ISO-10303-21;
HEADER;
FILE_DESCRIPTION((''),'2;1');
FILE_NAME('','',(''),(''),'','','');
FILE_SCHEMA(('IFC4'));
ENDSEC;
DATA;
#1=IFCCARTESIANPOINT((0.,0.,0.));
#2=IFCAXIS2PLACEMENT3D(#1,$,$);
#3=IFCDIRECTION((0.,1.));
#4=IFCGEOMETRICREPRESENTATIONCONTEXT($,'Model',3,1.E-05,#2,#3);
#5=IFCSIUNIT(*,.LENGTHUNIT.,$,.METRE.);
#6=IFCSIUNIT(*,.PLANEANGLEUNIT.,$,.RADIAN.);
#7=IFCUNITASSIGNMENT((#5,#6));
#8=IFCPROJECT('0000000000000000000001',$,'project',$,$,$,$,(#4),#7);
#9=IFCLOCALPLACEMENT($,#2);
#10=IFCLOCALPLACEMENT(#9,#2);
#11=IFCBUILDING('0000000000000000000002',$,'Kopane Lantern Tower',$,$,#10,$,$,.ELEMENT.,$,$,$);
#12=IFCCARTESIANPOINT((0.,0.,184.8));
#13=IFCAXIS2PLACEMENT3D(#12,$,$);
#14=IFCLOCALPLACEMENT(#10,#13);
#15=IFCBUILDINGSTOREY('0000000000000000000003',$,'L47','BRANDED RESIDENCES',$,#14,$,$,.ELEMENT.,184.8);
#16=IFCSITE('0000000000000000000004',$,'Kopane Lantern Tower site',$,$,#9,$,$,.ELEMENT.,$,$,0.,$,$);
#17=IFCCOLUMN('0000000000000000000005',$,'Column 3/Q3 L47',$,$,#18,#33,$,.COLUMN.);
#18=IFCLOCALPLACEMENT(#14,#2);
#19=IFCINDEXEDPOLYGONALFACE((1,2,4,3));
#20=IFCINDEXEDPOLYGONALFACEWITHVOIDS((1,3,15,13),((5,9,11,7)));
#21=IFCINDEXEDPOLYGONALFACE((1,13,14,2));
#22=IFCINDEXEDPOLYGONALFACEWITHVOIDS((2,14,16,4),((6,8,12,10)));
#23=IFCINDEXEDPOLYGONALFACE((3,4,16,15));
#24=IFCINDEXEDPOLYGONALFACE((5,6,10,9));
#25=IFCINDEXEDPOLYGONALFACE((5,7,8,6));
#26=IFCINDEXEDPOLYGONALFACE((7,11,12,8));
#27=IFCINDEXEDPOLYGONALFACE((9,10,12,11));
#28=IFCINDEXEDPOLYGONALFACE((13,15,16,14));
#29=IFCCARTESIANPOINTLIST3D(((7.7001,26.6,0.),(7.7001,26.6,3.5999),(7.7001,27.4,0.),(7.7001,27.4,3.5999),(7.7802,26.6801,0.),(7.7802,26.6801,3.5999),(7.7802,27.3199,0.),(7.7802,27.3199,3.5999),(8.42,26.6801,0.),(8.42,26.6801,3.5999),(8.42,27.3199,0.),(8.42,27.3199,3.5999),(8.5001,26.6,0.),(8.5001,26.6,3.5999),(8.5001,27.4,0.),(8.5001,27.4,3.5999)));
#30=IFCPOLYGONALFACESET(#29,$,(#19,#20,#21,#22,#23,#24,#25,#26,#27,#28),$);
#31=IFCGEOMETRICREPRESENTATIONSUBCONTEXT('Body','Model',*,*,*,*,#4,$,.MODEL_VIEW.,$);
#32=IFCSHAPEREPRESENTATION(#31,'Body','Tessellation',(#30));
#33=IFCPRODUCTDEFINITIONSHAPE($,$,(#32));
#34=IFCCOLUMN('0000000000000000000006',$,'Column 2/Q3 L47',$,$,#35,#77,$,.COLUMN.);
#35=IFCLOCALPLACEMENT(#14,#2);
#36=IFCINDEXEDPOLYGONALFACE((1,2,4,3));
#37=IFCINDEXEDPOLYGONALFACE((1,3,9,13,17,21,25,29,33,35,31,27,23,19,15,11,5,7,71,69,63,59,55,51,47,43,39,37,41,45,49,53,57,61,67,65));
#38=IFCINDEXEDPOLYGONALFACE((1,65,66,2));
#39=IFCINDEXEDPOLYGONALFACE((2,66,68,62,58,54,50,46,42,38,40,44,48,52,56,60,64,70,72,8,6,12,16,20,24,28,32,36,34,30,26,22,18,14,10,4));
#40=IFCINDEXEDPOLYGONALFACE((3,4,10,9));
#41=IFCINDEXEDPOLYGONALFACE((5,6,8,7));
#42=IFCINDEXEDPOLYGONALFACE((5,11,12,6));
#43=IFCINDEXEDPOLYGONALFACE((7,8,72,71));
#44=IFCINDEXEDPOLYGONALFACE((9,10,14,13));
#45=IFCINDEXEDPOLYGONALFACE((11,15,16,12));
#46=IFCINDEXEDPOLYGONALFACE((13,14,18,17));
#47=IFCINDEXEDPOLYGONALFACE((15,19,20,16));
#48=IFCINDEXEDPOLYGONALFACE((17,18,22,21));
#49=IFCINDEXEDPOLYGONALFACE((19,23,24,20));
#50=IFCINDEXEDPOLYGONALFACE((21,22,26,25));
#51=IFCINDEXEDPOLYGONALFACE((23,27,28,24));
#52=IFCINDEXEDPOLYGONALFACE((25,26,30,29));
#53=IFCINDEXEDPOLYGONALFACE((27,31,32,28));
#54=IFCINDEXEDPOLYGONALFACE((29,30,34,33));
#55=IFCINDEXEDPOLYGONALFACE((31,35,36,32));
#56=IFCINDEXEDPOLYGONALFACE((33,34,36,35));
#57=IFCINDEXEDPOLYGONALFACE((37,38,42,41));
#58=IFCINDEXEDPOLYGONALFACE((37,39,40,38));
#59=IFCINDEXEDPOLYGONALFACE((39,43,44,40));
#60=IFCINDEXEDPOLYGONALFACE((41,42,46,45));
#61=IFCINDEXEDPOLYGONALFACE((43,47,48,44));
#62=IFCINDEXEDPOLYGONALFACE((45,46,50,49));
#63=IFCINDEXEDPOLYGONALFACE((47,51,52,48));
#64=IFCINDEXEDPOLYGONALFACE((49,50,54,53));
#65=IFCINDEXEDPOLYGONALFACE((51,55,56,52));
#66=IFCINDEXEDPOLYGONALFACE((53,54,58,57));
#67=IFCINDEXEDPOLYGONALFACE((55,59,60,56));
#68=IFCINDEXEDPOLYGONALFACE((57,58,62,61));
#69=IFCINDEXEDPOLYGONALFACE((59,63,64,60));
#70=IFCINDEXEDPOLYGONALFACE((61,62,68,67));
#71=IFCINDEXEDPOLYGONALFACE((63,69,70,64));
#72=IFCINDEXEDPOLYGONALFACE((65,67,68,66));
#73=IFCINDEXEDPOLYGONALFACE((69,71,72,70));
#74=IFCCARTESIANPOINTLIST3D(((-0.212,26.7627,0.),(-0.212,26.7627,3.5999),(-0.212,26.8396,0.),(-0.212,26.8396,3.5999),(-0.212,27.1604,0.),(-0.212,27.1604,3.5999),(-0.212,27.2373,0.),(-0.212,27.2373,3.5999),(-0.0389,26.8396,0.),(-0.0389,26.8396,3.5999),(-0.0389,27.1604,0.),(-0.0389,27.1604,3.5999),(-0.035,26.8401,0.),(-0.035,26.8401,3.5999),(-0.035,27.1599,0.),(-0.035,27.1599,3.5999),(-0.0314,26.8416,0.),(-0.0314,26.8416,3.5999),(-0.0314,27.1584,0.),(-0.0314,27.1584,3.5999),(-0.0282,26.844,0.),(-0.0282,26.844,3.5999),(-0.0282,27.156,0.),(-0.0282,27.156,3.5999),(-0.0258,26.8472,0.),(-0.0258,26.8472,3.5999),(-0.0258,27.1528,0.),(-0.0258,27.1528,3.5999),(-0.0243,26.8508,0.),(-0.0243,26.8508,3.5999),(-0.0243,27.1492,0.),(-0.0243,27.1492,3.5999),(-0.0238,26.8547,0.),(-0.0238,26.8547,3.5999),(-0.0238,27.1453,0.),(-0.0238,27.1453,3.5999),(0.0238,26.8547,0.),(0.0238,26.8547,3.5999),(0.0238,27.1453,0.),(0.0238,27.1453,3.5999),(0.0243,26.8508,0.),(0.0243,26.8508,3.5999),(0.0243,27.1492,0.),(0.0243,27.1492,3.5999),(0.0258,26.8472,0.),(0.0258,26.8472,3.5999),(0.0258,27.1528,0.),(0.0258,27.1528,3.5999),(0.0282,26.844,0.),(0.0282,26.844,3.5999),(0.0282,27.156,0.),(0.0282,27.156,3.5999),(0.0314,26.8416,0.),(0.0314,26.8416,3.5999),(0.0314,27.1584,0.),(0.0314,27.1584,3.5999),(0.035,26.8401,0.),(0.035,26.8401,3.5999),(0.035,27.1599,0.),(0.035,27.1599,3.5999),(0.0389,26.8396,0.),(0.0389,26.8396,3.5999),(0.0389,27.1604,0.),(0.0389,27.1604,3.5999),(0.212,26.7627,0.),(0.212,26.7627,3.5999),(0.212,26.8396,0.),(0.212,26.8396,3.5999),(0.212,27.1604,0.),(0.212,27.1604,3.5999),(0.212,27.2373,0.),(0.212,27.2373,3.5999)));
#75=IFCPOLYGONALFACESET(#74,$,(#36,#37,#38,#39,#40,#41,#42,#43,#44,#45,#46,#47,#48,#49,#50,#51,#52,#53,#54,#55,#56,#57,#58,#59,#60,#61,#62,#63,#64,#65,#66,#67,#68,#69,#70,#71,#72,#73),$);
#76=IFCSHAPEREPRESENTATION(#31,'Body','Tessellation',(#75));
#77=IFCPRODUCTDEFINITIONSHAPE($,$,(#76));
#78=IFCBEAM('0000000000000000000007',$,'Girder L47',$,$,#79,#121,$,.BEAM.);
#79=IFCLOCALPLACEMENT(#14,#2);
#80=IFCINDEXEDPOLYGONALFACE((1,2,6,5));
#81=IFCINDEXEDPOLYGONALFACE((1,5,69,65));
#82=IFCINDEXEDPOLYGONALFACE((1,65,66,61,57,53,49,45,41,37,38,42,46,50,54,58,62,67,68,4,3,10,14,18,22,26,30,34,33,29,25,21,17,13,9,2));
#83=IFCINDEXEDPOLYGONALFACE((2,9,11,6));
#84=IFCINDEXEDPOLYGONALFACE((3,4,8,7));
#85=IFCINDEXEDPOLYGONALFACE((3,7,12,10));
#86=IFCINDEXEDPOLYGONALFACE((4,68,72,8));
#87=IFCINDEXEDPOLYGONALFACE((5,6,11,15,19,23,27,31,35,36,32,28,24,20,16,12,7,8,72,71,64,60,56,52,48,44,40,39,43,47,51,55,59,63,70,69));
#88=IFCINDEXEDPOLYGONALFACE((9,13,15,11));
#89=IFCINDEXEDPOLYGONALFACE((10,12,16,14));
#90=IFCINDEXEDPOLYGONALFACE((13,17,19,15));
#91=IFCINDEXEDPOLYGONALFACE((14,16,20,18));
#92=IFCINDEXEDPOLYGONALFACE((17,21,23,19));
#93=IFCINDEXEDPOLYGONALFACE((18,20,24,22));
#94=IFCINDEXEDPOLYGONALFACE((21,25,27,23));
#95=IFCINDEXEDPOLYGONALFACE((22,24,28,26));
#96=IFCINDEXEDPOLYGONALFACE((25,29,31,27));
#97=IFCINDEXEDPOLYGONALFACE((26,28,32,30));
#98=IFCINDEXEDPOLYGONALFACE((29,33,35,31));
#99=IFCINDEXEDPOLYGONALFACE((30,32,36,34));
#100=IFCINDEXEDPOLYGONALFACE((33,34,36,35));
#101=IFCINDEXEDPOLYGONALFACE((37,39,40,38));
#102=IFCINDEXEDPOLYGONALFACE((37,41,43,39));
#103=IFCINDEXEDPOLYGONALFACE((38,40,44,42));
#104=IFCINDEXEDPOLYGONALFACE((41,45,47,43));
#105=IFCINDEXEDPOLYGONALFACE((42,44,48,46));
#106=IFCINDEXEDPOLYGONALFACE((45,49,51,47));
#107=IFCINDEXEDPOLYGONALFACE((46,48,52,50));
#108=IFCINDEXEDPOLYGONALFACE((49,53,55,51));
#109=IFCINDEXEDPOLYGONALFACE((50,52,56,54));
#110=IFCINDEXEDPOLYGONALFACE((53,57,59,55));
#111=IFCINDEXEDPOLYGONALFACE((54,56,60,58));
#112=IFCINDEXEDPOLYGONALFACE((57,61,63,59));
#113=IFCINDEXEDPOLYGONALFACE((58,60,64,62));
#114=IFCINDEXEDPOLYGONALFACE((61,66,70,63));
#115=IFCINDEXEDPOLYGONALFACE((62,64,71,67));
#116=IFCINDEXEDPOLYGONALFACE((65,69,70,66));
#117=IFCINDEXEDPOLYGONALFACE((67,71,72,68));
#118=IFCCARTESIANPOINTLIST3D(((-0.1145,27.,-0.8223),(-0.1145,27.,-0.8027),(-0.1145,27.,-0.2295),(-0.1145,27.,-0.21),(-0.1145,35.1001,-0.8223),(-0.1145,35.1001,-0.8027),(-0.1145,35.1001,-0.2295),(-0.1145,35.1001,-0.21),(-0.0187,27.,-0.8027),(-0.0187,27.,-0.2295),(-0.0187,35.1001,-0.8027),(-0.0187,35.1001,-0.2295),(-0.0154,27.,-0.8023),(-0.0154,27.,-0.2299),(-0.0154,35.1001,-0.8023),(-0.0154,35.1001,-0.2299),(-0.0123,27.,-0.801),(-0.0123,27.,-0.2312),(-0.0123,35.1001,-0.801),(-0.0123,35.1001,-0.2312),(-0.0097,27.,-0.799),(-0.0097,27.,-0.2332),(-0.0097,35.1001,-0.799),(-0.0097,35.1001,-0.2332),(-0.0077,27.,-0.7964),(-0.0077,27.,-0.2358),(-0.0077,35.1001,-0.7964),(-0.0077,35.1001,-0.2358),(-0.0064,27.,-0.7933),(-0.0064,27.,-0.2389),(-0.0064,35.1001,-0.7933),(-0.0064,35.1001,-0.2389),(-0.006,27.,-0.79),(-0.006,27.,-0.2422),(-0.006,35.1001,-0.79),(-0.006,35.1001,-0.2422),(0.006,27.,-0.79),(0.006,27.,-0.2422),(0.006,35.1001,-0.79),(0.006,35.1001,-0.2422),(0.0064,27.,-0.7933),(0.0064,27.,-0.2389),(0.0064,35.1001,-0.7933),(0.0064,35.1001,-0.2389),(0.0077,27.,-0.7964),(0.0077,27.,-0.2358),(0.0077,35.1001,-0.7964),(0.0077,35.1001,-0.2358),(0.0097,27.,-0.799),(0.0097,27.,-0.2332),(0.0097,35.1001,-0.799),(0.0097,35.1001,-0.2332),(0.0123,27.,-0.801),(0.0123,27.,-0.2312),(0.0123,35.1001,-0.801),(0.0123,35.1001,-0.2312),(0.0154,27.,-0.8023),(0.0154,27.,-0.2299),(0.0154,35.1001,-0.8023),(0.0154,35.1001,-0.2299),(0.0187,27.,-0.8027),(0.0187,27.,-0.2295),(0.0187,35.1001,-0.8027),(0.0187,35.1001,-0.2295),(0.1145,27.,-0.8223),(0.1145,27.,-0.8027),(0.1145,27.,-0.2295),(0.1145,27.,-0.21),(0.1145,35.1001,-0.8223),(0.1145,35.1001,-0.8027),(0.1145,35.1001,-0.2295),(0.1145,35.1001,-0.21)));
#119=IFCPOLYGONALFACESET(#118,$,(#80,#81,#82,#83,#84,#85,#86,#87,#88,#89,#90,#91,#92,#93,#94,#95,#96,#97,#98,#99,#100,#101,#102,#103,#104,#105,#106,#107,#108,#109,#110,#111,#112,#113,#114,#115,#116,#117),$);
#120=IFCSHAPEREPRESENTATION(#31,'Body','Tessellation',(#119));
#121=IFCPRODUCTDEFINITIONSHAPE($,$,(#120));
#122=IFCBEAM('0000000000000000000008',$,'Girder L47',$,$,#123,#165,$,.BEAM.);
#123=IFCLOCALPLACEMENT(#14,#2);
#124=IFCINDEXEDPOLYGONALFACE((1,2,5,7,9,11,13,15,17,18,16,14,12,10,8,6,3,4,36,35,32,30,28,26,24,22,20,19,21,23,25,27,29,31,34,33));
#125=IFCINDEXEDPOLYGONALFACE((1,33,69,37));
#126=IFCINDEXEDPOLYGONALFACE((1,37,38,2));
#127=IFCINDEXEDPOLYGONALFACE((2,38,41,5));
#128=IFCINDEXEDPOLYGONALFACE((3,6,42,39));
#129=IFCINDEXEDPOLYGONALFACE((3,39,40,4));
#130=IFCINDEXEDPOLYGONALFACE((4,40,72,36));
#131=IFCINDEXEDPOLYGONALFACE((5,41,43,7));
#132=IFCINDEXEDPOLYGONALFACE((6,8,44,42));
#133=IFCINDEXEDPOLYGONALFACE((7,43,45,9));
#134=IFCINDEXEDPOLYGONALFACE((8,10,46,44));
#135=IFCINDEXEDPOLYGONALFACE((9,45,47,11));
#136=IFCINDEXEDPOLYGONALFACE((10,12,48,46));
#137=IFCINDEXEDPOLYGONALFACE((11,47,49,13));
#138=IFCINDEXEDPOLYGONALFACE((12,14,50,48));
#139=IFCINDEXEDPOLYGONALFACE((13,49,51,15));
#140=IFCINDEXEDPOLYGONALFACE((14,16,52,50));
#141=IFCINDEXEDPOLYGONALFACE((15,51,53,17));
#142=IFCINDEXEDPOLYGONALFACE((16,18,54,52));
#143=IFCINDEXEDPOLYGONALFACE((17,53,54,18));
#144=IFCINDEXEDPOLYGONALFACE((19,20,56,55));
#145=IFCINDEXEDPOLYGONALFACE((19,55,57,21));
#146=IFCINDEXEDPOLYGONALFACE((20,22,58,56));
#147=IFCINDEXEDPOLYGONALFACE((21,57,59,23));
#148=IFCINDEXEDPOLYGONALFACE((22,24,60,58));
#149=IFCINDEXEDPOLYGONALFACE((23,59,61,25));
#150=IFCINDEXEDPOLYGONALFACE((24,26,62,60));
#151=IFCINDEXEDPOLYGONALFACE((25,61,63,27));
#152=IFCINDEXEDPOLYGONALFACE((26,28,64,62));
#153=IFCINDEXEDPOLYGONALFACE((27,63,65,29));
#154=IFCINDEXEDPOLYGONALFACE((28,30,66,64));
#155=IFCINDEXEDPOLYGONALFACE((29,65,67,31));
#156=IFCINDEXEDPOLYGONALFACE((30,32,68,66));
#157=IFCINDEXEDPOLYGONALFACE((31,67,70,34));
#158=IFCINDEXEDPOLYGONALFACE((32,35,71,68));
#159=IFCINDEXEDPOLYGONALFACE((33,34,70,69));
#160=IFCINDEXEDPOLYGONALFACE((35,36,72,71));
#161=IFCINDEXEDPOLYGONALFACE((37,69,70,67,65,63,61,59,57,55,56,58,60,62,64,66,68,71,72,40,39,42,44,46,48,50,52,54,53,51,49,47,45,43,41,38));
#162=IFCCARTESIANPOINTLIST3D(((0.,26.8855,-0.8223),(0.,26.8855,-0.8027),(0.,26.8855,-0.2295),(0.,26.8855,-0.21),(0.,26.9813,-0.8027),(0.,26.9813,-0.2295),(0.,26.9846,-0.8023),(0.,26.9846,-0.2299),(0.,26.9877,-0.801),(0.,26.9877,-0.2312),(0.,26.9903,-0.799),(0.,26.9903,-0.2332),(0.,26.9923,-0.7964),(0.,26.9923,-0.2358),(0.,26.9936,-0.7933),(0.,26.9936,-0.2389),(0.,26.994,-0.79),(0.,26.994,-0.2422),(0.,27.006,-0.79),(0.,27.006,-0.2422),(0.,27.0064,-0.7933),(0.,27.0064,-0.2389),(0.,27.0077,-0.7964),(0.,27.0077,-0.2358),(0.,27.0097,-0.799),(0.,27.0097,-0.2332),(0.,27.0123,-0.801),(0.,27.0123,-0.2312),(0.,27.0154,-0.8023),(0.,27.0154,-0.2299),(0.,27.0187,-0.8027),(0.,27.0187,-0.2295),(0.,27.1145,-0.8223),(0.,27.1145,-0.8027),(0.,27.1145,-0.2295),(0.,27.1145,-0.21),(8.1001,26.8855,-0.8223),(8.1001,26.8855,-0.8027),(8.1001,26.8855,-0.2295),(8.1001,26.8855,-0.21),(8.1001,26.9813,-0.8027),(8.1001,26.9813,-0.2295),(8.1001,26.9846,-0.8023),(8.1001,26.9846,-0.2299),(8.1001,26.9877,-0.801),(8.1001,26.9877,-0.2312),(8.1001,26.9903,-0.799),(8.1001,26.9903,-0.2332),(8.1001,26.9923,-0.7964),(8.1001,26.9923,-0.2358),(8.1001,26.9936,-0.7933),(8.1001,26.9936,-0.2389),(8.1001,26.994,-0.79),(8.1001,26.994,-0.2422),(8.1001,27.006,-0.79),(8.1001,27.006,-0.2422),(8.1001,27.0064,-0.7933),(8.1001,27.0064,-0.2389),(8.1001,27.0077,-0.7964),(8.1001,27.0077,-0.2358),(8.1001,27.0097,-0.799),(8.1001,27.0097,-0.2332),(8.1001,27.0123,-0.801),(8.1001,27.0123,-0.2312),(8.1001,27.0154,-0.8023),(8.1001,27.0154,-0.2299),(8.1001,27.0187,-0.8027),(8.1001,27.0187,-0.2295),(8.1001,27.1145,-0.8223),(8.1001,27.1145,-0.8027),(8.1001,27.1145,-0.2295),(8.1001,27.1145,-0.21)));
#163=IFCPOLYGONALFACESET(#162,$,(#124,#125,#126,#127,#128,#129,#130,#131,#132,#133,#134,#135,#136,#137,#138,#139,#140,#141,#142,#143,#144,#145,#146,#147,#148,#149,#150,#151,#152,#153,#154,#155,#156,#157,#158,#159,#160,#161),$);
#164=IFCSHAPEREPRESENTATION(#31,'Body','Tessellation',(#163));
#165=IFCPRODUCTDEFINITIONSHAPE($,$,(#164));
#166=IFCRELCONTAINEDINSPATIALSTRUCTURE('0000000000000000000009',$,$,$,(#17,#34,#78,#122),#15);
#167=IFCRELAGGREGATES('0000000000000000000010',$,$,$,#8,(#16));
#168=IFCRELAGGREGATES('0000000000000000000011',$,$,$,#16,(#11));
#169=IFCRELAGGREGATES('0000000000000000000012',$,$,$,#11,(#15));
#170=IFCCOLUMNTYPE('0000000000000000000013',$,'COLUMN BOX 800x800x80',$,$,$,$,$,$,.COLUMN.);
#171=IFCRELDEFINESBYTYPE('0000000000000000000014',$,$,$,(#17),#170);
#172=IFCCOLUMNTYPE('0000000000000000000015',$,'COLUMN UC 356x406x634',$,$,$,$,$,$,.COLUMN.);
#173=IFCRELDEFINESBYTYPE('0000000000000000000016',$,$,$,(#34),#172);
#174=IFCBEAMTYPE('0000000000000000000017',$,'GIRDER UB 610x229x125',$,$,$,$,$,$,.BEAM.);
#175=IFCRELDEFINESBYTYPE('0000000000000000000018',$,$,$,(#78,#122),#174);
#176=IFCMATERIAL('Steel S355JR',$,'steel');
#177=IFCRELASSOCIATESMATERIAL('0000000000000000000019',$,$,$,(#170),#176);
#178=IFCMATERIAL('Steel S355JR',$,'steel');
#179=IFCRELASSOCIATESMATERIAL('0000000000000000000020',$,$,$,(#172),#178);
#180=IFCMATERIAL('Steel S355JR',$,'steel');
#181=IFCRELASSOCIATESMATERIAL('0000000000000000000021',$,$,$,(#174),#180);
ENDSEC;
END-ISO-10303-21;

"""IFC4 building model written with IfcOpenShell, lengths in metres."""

from ifc_helpers import new_model, si_unit, direction, frame, origin, origin_2d, place, context, subcontext, project, spatial, hollow_rectangle, i_section, extrude, material, material_profile, profile_set, type_object, element, save


model = new_model("IFC4")

# Units and contexts
model_context = context("Model", 3, precision=1e-05, world=origin(), true_north=direction((0.0, 1.0)))
body_context = subcontext(model_context, "Body", "Model", "MODEL_VIEW")
ifc_project = project(units=[si_unit("LENGTHUNIT", "METRE"), si_unit("PLANEANGLEUNIT", "RADIAN")], contexts=[model_context])

# Site, building, storey
site_placement = place(None, origin())
site = spatial("IfcSite", under=ifc_project, at=site_placement, Name="Kopane Lantern Tower site", CompositionType="ELEMENT", RefElevation=0.0)
building_placement = place(site_placement, origin())
building = spatial("IfcBuilding", under=site, at=building_placement, Name="Kopane Lantern Tower", CompositionType="ELEMENT")
storey_placement = place(building_placement, frame((0.0, 0.0, 184.8)))
storey = spatial("IfcBuildingStorey", under=building, at=storey_placement, Name="L47", Description="BRANDED RESIDENCES", CompositionType="ELEMENT", Elevation=184.8)

# Columns
ifc_material_1 = material(Name="Steel S355JR", Category="steel")
ifc_material_profile_1 = material_profile(ifc_material_1, hollow_rectangle(XDim=0.8, YDim=0.8, WallThickness=0.0801, at=origin_2d()), Name="BOX 800x800x80")
ifc_profile_set_1 = profile_set([ifc_material_profile_1], Name="Steel S355JR")
column_type_1 = type_object("IfcColumnType", Name="COLUMN BOX 800x800x80", PredefinedType="COLUMN", material=ifc_profile_set_1)
column_1_placement = place(storey_placement, frame((8.1001, 27.0, 0.0), z_axis=(0.0, 0.0, 1.0), x_axis=(1.0, 0.0, 0.0)))
element("IfcColumn", 1, at=column_1_placement, inside=storey, type_object=column_type_1, Name="Column 3/Q3 L47", PredefinedType="COLUMN", context=body_context, shape_type="SweptSolid", body=[
    extrude(hollow_rectangle(XDim=0.8, YDim=0.8, WallThickness=0.0801, at=origin_2d()), origin(), (0.0, 0.0, 1.0), 3.5999),
])
ifc_material_2 = material(Name="Steel S355JR", Category="steel")
ifc_material_profile_2 = material_profile(ifc_material_2, i_section(OverallWidth=0.4241, OverallDepth=0.4746, WebThickness=0.0476, FlangeThickness=0.0769, FilletRadius=0.0151, at=origin_2d()), Name="UC 356x406x634")
ifc_profile_set_2 = profile_set([ifc_material_profile_2], Name="Steel S355JR")
column_type_2 = type_object("IfcColumnType", Name="COLUMN UC 356x406x634", PredefinedType="COLUMN", material=ifc_profile_set_2)
column_2_placement = place(storey_placement, frame((0.0, 27.0, 0.0), z_axis=(0.0, 0.0, 1.0), x_axis=(1.0, 0.0, 0.0)))
element("IfcColumn", 2, at=column_2_placement, inside=storey, type_object=column_type_2, Name="Column 2/Q3 L47", PredefinedType="COLUMN", context=body_context, shape_type="SweptSolid", body=[
    extrude(i_section(OverallWidth=0.4241, OverallDepth=0.4746, WebThickness=0.0476, FlangeThickness=0.0769, FilletRadius=0.0151, at=origin_2d()), origin(), (0.0, 0.0, 1.0), 3.5999),
])

# Beams
ifc_material_3 = material(Name="Steel S355JR", Category="steel")
ifc_material_profile_3 = material_profile(ifc_material_3, i_section(OverallWidth=0.229, OverallDepth=0.6123, WebThickness=0.012, FlangeThickness=0.0195, FilletRadius=0.0127, at=origin_2d()), Name="UB 610x229x125")
ifc_profile_set_3 = profile_set([ifc_material_profile_3], Name="Steel S355JR")
beam_type = type_object("IfcBeamType", Name="GIRDER UB 610x229x125", PredefinedType="BEAM", material=ifc_profile_set_3)
for number, where, z_axis, x_axis, name in (
    (3, (0.0, 27.0, -0.5161), (0.0, 1.0, 0.0), (-1.0, 0.0, 0.0), "Girder L47"),
    (4, (0.0, 27.0, -0.5161), (1.0, 0.0, 0.0), (0.0, 1.0, 0.0), "Girder L47"),
):
    element("IfcBeam", number, at=place(storey_placement, frame(where, z_axis=z_axis, x_axis=x_axis)), inside=storey, type_object=beam_type, Name=name, PredefinedType="BEAM", context=body_context, shape_type="SweptSolid", body=[
        extrude(i_section(OverallWidth=0.229, OverallDepth=0.6123, WebThickness=0.012, FlangeThickness=0.0195, FilletRadius=0.0127, at=origin_2d()), origin(), (0.0, 0.0, 1.0), 8.1001),
    ])

save(model, "model.ifc")
